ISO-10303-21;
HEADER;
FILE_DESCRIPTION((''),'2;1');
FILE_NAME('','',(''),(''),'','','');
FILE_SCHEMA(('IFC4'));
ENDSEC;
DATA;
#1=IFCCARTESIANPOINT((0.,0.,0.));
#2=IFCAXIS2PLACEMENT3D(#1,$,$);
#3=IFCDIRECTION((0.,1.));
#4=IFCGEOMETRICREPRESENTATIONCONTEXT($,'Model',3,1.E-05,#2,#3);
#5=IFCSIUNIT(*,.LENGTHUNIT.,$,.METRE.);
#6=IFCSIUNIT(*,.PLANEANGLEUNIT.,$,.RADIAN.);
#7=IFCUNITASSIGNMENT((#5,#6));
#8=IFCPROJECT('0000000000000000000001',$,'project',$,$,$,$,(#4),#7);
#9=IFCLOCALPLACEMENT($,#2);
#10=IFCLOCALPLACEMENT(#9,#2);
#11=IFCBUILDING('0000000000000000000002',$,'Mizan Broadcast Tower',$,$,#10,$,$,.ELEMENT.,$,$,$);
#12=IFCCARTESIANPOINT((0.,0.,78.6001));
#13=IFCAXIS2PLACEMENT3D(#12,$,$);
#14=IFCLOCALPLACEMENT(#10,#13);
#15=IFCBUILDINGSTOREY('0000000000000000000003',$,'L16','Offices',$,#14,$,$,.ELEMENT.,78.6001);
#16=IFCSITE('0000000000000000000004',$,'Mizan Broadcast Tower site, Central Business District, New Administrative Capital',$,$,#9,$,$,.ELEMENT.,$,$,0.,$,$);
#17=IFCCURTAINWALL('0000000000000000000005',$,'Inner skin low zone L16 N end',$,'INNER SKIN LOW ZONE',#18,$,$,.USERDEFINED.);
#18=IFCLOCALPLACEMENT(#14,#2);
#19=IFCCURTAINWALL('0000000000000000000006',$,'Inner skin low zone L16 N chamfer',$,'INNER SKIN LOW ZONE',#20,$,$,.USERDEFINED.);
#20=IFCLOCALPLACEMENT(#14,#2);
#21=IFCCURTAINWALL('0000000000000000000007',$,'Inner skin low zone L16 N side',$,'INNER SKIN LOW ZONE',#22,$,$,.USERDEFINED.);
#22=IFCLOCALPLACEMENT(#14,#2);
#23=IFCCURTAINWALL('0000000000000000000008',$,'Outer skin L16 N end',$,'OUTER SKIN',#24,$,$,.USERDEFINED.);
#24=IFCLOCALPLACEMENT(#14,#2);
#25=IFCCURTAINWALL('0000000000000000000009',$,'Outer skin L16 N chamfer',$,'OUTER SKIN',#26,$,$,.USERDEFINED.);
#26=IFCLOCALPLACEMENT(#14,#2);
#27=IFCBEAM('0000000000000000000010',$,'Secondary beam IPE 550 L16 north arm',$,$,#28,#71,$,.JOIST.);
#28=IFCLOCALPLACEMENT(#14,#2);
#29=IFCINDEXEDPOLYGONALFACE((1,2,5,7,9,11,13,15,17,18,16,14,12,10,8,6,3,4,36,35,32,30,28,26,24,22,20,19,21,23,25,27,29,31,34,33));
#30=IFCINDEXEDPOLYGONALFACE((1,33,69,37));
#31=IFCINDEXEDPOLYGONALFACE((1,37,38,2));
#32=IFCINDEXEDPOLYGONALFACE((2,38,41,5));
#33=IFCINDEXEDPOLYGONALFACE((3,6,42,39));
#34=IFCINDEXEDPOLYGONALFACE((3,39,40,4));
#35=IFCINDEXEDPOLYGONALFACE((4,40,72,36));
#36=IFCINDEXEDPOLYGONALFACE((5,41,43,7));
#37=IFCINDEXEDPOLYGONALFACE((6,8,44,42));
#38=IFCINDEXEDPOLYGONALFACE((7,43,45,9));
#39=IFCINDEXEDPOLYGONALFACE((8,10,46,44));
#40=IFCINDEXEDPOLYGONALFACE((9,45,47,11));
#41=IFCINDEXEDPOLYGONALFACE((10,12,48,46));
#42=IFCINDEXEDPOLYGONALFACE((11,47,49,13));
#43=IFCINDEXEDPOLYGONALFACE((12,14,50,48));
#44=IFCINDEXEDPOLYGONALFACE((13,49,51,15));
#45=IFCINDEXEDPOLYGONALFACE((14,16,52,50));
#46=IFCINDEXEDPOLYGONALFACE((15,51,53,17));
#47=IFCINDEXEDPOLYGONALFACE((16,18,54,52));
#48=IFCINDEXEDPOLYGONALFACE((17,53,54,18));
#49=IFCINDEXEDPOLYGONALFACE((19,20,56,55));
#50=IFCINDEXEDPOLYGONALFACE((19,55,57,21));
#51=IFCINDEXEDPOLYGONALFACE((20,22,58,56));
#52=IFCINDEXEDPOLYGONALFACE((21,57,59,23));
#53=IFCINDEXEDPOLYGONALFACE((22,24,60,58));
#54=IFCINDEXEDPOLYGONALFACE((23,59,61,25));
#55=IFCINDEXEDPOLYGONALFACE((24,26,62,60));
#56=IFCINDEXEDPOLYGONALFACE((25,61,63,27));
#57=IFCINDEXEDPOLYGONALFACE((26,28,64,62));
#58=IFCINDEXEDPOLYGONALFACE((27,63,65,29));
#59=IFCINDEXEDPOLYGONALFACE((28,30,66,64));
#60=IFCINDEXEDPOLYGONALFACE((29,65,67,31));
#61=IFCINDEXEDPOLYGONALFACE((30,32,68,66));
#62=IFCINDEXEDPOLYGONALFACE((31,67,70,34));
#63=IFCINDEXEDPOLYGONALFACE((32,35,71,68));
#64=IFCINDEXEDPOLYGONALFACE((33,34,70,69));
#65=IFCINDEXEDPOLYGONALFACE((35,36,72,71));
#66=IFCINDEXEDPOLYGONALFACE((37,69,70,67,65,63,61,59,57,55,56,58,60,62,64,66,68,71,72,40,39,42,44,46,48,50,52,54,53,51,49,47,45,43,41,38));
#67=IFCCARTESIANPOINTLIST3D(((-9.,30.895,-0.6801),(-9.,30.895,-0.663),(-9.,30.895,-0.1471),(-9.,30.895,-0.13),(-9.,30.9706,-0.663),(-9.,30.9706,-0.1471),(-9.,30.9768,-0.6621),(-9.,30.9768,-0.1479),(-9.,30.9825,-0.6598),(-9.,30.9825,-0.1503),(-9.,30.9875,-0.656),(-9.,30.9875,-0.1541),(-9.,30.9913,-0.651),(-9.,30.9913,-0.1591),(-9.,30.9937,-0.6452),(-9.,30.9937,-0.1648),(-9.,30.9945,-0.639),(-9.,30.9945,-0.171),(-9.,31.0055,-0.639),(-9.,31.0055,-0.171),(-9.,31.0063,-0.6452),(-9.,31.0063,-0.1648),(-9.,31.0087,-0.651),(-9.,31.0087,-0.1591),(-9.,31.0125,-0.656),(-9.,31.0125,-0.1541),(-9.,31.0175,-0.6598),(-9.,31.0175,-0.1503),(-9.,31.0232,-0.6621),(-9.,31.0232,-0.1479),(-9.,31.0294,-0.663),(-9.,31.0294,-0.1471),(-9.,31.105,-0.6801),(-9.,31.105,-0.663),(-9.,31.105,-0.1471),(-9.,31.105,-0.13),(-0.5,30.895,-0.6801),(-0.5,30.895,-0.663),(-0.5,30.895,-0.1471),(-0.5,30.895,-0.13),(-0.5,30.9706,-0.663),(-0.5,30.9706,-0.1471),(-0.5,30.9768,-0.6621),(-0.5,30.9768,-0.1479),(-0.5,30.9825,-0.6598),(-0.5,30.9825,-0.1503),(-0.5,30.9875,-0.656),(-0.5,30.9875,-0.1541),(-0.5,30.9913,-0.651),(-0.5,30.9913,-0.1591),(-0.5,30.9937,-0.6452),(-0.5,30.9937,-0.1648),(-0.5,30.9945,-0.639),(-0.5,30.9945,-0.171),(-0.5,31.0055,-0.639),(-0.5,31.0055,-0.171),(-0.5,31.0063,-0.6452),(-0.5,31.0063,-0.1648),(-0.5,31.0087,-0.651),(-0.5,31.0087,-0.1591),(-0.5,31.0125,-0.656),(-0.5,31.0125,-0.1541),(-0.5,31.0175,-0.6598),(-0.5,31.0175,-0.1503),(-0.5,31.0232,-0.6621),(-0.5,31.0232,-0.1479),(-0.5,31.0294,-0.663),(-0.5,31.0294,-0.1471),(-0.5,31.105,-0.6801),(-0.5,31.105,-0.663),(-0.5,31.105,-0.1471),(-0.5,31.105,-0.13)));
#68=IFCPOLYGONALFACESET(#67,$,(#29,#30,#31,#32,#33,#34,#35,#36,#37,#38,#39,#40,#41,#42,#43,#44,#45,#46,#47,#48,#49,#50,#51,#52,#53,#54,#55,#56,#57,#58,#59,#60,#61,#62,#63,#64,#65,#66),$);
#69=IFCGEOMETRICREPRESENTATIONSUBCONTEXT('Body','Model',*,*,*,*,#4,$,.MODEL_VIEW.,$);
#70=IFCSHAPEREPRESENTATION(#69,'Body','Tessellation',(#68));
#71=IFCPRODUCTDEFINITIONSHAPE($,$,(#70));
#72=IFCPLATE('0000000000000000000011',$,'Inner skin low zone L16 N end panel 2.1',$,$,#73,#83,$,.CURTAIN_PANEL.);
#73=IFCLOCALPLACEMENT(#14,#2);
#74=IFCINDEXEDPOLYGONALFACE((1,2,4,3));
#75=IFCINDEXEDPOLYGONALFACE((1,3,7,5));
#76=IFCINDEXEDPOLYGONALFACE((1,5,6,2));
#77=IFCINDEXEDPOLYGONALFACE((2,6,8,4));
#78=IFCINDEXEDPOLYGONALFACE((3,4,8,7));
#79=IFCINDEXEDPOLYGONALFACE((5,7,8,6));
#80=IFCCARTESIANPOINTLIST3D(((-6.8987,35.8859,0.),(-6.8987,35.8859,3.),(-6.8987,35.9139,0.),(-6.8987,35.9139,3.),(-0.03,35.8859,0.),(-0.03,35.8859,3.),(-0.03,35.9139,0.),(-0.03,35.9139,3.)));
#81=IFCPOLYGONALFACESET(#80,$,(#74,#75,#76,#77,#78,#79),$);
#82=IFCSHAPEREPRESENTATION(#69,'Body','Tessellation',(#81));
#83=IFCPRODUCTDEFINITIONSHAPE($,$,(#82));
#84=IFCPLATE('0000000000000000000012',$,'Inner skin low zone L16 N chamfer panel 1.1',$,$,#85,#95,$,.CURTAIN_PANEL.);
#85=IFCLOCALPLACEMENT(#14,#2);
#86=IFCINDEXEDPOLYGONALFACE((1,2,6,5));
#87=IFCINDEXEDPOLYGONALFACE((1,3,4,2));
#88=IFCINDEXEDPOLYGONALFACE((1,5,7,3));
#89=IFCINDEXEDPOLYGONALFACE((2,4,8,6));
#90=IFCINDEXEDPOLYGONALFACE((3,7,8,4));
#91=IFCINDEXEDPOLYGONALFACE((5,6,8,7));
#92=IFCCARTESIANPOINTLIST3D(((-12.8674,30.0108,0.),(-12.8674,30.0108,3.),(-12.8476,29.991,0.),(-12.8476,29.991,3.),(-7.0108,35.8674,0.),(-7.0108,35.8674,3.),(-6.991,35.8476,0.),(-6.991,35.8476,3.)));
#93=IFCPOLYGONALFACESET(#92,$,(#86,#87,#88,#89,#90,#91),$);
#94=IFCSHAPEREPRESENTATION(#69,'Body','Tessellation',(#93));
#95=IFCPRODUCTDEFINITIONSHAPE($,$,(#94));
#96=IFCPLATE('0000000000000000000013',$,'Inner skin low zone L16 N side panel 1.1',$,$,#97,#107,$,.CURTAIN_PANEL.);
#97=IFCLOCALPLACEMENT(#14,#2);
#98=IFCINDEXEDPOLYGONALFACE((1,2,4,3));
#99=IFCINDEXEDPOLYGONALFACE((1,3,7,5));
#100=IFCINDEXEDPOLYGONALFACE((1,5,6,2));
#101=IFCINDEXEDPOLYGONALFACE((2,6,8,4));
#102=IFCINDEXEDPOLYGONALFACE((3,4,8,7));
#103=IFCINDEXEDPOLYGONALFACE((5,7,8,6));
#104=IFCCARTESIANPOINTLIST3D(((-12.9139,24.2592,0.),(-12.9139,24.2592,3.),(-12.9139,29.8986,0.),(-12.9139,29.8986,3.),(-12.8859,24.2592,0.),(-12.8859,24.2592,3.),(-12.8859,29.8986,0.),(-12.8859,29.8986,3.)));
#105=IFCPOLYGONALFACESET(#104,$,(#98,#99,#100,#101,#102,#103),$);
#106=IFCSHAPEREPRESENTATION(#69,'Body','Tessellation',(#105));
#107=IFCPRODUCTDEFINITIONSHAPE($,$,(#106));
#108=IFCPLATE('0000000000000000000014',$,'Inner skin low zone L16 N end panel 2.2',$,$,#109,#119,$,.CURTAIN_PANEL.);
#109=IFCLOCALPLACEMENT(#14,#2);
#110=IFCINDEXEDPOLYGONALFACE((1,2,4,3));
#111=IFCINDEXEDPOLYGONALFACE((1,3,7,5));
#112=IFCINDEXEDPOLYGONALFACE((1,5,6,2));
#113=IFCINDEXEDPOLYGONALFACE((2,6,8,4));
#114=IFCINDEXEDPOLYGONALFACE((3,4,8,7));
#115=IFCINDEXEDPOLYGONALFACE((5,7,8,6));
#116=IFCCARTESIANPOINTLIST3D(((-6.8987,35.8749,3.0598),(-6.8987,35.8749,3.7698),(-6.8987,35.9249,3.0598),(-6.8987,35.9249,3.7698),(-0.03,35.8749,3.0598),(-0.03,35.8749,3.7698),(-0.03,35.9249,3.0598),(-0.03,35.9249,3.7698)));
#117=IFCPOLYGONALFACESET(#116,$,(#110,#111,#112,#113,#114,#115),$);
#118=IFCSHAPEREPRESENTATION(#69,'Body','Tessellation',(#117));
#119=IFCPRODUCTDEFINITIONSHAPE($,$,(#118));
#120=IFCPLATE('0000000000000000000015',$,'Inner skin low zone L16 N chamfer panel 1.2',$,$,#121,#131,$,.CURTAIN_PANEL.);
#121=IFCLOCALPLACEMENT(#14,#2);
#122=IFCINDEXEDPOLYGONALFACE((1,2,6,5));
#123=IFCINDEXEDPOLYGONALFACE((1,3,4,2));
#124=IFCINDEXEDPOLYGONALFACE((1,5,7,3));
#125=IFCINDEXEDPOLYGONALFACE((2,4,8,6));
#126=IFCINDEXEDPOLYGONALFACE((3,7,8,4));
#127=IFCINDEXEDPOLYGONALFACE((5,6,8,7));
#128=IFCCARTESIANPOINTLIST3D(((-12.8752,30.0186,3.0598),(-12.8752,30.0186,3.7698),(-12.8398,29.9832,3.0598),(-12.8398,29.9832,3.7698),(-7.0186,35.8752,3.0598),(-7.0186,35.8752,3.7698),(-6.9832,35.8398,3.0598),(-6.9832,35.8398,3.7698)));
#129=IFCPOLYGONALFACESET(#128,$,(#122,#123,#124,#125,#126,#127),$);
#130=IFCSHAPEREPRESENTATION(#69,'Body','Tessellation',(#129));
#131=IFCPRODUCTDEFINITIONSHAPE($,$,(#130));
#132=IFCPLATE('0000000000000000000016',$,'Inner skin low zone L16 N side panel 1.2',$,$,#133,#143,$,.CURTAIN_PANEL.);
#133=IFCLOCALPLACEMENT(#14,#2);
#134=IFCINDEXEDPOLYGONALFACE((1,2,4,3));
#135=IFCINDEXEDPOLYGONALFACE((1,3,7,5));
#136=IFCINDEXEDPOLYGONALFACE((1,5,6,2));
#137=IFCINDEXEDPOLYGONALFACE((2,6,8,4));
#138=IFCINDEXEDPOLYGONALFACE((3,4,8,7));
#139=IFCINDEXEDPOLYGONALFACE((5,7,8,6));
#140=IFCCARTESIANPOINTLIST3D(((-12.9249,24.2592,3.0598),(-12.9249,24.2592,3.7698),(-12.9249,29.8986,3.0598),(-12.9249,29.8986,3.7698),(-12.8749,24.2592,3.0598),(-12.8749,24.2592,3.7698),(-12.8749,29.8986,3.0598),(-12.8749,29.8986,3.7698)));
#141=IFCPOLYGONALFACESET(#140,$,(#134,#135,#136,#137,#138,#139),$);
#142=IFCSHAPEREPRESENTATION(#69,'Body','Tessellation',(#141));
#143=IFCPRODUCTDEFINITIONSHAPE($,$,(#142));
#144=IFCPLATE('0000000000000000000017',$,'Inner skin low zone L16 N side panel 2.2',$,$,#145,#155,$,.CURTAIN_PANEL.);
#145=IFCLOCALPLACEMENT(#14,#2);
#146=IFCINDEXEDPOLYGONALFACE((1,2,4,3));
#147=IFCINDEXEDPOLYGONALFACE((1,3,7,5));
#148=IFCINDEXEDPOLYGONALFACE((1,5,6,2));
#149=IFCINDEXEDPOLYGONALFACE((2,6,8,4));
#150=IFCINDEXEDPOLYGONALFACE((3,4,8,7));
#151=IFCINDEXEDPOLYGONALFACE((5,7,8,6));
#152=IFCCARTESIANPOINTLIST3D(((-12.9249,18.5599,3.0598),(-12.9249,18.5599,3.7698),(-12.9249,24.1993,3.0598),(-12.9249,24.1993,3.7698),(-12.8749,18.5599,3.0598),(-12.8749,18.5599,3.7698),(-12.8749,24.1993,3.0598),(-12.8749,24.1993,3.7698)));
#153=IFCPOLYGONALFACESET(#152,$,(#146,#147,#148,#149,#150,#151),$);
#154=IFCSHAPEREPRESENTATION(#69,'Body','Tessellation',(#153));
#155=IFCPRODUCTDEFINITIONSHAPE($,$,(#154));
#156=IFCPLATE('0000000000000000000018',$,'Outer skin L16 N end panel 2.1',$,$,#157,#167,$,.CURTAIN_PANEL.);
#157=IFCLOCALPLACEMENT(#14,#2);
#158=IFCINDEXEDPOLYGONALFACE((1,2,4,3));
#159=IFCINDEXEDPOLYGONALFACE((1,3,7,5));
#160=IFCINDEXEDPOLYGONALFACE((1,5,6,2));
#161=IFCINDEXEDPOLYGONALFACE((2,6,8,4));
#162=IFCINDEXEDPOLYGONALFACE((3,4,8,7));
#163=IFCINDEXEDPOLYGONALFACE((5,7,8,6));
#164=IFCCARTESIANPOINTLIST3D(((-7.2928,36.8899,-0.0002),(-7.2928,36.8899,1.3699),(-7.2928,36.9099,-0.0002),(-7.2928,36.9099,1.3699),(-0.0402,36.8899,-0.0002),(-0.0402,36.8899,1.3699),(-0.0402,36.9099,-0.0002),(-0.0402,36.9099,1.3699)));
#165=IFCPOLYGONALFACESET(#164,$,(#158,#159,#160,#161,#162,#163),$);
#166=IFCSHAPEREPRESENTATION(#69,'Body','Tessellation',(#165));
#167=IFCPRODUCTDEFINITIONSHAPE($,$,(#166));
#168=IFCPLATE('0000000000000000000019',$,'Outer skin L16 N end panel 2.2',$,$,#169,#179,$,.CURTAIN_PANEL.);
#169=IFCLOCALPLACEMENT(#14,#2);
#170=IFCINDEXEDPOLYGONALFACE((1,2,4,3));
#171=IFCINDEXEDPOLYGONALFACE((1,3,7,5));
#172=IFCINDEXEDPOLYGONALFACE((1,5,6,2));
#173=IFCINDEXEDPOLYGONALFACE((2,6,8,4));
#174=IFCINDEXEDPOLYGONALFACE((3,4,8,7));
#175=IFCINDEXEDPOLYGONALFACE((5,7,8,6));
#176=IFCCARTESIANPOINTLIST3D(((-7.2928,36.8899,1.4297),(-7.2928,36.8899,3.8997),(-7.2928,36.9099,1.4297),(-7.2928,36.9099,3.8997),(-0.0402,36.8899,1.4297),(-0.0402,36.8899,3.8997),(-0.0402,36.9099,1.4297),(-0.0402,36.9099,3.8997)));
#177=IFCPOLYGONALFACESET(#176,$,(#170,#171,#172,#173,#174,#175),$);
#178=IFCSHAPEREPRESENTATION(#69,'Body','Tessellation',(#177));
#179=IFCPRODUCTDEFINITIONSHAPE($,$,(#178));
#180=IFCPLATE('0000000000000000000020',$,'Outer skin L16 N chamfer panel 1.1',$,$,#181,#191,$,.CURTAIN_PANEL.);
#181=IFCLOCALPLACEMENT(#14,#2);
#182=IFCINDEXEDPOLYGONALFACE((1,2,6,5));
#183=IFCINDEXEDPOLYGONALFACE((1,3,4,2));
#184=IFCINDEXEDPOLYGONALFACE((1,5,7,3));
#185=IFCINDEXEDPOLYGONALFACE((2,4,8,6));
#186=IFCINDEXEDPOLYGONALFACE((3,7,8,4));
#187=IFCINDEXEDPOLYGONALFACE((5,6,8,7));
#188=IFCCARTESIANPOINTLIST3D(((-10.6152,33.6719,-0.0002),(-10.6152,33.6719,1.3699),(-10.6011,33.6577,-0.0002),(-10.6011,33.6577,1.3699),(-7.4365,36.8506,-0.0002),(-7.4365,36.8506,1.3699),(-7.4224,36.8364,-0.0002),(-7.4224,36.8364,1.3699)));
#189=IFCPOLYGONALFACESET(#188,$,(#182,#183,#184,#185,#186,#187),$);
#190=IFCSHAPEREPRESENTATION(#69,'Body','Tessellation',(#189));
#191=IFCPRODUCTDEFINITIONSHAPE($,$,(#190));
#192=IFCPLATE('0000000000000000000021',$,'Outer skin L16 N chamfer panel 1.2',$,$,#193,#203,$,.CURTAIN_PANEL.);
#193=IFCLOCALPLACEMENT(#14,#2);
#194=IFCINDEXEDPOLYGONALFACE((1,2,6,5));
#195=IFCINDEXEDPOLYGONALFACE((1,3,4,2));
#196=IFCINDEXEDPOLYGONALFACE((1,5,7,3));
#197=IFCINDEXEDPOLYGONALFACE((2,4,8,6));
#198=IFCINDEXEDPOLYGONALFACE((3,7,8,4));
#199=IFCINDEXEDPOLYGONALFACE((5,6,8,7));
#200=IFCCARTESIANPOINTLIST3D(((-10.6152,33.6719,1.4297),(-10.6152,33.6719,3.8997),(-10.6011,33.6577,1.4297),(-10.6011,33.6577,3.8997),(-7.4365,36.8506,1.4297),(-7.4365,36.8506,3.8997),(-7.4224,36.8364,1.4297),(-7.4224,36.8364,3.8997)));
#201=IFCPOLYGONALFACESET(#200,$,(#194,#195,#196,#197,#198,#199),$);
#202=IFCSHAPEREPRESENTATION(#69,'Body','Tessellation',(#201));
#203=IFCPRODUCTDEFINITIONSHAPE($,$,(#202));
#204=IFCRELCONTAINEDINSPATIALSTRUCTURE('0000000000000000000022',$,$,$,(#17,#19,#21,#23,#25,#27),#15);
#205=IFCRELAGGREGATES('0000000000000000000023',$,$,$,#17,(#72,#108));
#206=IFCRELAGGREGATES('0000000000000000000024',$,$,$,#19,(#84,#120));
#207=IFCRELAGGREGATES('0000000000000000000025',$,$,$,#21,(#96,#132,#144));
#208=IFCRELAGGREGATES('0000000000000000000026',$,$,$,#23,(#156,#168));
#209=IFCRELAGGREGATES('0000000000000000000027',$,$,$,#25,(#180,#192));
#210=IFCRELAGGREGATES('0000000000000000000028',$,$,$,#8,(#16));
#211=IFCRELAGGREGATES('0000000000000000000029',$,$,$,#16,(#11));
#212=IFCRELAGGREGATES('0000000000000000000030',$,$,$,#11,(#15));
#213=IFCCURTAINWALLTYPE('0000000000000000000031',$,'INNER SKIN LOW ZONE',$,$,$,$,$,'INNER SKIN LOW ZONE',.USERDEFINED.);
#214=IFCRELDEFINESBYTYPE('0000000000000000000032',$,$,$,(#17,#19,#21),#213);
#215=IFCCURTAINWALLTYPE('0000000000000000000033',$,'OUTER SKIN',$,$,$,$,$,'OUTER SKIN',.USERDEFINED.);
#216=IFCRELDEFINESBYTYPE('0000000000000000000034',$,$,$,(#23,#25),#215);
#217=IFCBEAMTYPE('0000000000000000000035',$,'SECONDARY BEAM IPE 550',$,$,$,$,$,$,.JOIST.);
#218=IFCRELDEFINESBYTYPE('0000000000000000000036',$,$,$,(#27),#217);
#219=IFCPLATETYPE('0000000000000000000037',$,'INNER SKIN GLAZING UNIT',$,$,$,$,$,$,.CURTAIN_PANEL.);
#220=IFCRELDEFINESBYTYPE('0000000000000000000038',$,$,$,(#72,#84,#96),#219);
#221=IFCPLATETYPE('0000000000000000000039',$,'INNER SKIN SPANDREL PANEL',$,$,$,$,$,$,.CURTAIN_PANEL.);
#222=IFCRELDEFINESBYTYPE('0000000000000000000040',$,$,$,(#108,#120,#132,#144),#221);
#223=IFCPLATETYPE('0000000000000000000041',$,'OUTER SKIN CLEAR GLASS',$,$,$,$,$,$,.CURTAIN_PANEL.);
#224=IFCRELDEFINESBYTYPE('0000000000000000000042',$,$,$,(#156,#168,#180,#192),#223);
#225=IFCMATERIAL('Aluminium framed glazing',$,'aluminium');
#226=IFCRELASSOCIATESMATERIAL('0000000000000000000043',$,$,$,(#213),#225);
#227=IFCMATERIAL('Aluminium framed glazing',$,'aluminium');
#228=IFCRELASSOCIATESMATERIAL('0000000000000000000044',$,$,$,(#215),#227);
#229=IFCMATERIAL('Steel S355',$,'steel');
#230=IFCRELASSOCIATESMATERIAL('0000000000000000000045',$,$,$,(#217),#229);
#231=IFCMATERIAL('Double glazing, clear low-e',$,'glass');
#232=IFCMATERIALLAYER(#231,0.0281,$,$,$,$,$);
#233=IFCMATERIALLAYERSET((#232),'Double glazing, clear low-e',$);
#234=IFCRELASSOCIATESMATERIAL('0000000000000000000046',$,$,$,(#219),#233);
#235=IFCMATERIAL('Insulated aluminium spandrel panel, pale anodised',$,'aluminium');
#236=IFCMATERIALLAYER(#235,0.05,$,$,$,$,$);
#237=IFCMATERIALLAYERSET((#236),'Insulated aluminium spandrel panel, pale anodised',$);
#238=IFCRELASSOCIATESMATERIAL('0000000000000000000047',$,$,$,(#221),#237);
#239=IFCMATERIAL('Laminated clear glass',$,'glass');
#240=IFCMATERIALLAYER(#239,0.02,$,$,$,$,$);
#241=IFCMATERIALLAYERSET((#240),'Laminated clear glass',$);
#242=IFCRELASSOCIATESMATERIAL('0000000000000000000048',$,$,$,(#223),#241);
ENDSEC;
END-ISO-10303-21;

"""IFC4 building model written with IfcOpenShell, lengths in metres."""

from ifc_helpers import new_model, si_unit, direction, frame, origin, origin_2d, place, context, subcontext, project, spatial, rectangle, i_section, extrude, material, layer, layer_set, material_profile, profile_set, type_object, element, aggregate, save


model = new_model("IFC4")

# Units and contexts
model_context = context("Model", 3, precision=1e-05, world=origin(), true_north=direction((0.0, 1.0)))
body_context = subcontext(model_context, "Body", "Model", "MODEL_VIEW")
ifc_project = project(units=[si_unit("LENGTHUNIT", "METRE"), si_unit("PLANEANGLEUNIT", "RADIAN")], contexts=[model_context])

# Site, building, storey
site_placement = place(None, origin())
site = spatial("IfcSite", under=ifc_project, at=site_placement, Name="Mizan Broadcast Tower site, Central Business District, New Administrative Capital", CompositionType="ELEMENT", RefElevation=0.0)
building_placement = place(site_placement, origin())
building = spatial("IfcBuilding", under=site, at=building_placement, Name="Mizan Broadcast Tower", CompositionType="ELEMENT")
storey_placement = place(building_placement, frame((0.0, 0.0, 78.6001)))
storey = spatial("IfcBuildingStorey", under=building, at=storey_placement, Name="L16", Description="Offices", CompositionType="ELEMENT", Elevation=78.6001)

# Curtain walls
ifc_material_1 = material(Name="Aluminium framed glazing", Category="aluminium")
curtain_wall_type_1 = type_object("IfcCurtainWallType", Name="INNER SKIN LOW ZONE", ElementType="INNER SKIN LOW ZONE", PredefinedType="USERDEFINED", material=ifc_material_1)
curtain_wall_1_placement = place(storey_placement, origin())
curtain_wall_1 = element("IfcCurtainWall", 1, at=curtain_wall_1_placement, inside=storey, type_object=curtain_wall_type_1, Name="Inner skin low zone L16 N end", ObjectType="INNER SKIN LOW ZONE", PredefinedType="USERDEFINED")
curtain_wall_2_placement = place(storey_placement, origin())
curtain_wall_2 = element("IfcCurtainWall", 2, at=curtain_wall_2_placement, inside=storey, type_object=curtain_wall_type_1, Name="Inner skin low zone L16 N chamfer", ObjectType="INNER SKIN LOW ZONE", PredefinedType="USERDEFINED")
curtain_wall_3_placement = place(storey_placement, origin())
curtain_wall_3 = element("IfcCurtainWall", 3, at=curtain_wall_3_placement, inside=storey, type_object=curtain_wall_type_1, Name="Inner skin low zone L16 N side", ObjectType="INNER SKIN LOW ZONE", PredefinedType="USERDEFINED")

# Curtain walls
ifc_material_2 = material(Name="Aluminium framed glazing", Category="aluminium")
curtain_wall_type_2 = type_object("IfcCurtainWallType", Name="OUTER SKIN", ElementType="OUTER SKIN", PredefinedType="USERDEFINED", material=ifc_material_2)
curtain_wall_4_placement = place(storey_placement, origin())
curtain_wall_4 = element("IfcCurtainWall", 4, at=curtain_wall_4_placement, inside=storey, type_object=curtain_wall_type_2, Name="Outer skin L16 N end", ObjectType="OUTER SKIN", PredefinedType="USERDEFINED")
curtain_wall_5_placement = place(storey_placement, origin())
curtain_wall_5 = element("IfcCurtainWall", 5, at=curtain_wall_5_placement, inside=storey, type_object=curtain_wall_type_2, Name="Outer skin L16 N chamfer", ObjectType="OUTER SKIN", PredefinedType="USERDEFINED")

# Beam
ifc_material_3 = material(Name="Steel S355", Category="steel")
ifc_material_profile_1 = material_profile(ifc_material_3, i_section(OverallWidth=0.21, OverallDepth=0.55, WebThickness=0.011, FlangeThickness=0.0171, FilletRadius=0.0239, at=origin_2d()), Name="IPE 550")
ifc_profile_set_1 = profile_set([ifc_material_profile_1], Name="Steel S355")
beam_type_1 = type_object("IfcBeamType", Name="SECONDARY BEAM IPE 550", PredefinedType="JOIST", material=ifc_profile_set_1)
beam_1_placement = place(storey_placement, frame((-9.0, 31.0, -0.405), z_axis=(1.0, 0.0, 0.0), x_axis=(0.0, 1.0, 0.0)))
element("IfcBeam", 6, at=beam_1_placement, inside=storey, type_object=beam_type_1, Name="Secondary beam IPE 550 L16 north arm", PredefinedType="JOIST", context=body_context, shape_type="SweptSolid", body=[
    extrude(i_section(OverallWidth=0.21, OverallDepth=0.55, WebThickness=0.011, FlangeThickness=0.0171, FilletRadius=0.0239, at=origin_2d()), origin(), (0.0, 0.0, 1.0), 8.5),
])

# Plates
ifc_material_4 = material(Name="Double glazing, clear low-e", Category="glass")
ifc_layer_1 = layer(ifc_material_4, 0.0281)
ifc_layer_set_1 = layer_set([ifc_layer_1], Name="Double glazing, clear low-e")
plate_type_1 = type_object("IfcPlateType", Name="INNER SKIN GLAZING UNIT", PredefinedType="CURTAIN_PANEL", material=ifc_layer_set_1)
plate_1_placement = place(storey_placement, frame((-3.4644, 35.8999, 0.0), z_axis=(0.0, 0.0, 1.0), x_axis=(-1.0, 0.0, 0.0)))
plate_1 = element("IfcPlate", 7, at=plate_1_placement, type_object=plate_type_1, Name="Inner skin low zone L16 N end panel 2.1", PredefinedType="CURTAIN_PANEL", context=body_context, shape_type="SweptSolid", body=[
    extrude(rectangle(XDim=6.8687, YDim=0.0281, at=origin_2d()), origin(), (0.0, 0.0, 1.0), 3.0),
])
plate_2_placement = place(storey_placement, frame((-9.9292, 32.9292, 0.0), z_axis=(0.0, 0.0, 1.0), x_axis=(-0.707107, -0.707107, 0.0)))
plate_2 = element("IfcPlate", 8, at=plate_2_placement, type_object=plate_type_1, Name="Inner skin low zone L16 N chamfer panel 1.1", PredefinedType="CURTAIN_PANEL", context=body_context, shape_type="SweptSolid", body=[
    extrude(rectangle(XDim=8.2825, YDim=0.0281, at=origin_2d()), origin(), (0.0, 0.0, 1.0), 3.0),
])
plate_3_placement = place(storey_placement, frame((-12.8999, 27.0789, 0.0), z_axis=(0.0, 0.0, 1.0), x_axis=(0.0, -1.0, 0.0)))
plate_3 = element("IfcPlate", 9, at=plate_3_placement, type_object=plate_type_1, Name="Inner skin low zone L16 N side panel 1.1", PredefinedType="CURTAIN_PANEL", context=body_context, shape_type="SweptSolid", body=[
    extrude(rectangle(XDim=5.6394, YDim=0.0281, at=origin_2d()), origin(), (0.0, 0.0, 1.0), 3.0),
])
ifc_material_5 = material(Name="Insulated aluminium spandrel panel, pale anodised", Category="aluminium")
ifc_layer_2 = layer(ifc_material_5, 0.05)
ifc_layer_set_2 = layer_set([ifc_layer_2], Name="Insulated aluminium spandrel panel, pale anodised")
plate_type_2 = type_object("IfcPlateType", Name="INNER SKIN SPANDREL PANEL", PredefinedType="CURTAIN_PANEL", material=ifc_layer_set_2)
plate_4_placement = place(storey_placement, frame((-3.4644, 35.8999, 3.0598), z_axis=(0.0, 0.0, 1.0), x_axis=(-1.0, 0.0, 0.0)))
plate_4 = element("IfcPlate", 10, at=plate_4_placement, type_object=plate_type_2, Name="Inner skin low zone L16 N end panel 2.2", PredefinedType="CURTAIN_PANEL", context=body_context, shape_type="SweptSolid", body=[
    extrude(rectangle(XDim=6.8687, YDim=0.05, at=origin_2d()), origin(), (0.0, 0.0, 1.0), 0.71),
])
aggregate(curtain_wall_1, [plate_1, plate_4])
plate_5_placement = place(storey_placement, frame((-9.9292, 32.9292, 3.0598), z_axis=(0.0, 0.0, 1.0), x_axis=(-0.707107, -0.707107, 0.0)))
plate_5 = element("IfcPlate", 11, at=plate_5_placement, type_object=plate_type_2, Name="Inner skin low zone L16 N chamfer panel 1.2", PredefinedType="CURTAIN_PANEL", context=body_context, shape_type="SweptSolid", body=[
    extrude(rectangle(XDim=8.2825, YDim=0.05, at=origin_2d()), origin(), (0.0, 0.0, 1.0), 0.71),
])
aggregate(curtain_wall_2, [plate_2, plate_5])
plate_6_placement = place(storey_placement, frame((-12.8999, 27.0789, 3.0598), z_axis=(0.0, 0.0, 1.0), x_axis=(0.0, -1.0, 0.0)))
plate_6 = element("IfcPlate", 12, at=plate_6_placement, type_object=plate_type_2, Name="Inner skin low zone L16 N side panel 1.2", PredefinedType="CURTAIN_PANEL", context=body_context, shape_type="SweptSolid", body=[
    extrude(rectangle(XDim=5.6394, YDim=0.05, at=origin_2d()), origin(), (0.0, 0.0, 1.0), 0.71),
])
plate_7_placement = place(storey_placement, frame((-12.8999, 21.3796, 3.0598), z_axis=(0.0, 0.0, 1.0), x_axis=(0.0, -1.0, 0.0)))
plate_7 = element("IfcPlate", 13, at=plate_7_placement, type_object=plate_type_2, Name="Inner skin low zone L16 N side panel 2.2", PredefinedType="CURTAIN_PANEL", context=body_context, shape_type="SweptSolid", body=[
    extrude(rectangle(XDim=5.6394, YDim=0.05, at=origin_2d()), origin(), (0.0, 0.0, 1.0), 0.71),
])
aggregate(curtain_wall_3, [plate_3, plate_6, plate_7])
ifc_material_6 = material(Name="Laminated clear glass", Category="glass")
ifc_layer_3 = layer(ifc_material_6, 0.02)
ifc_layer_set_3 = layer_set([ifc_layer_3], Name="Laminated clear glass")
plate_type_3 = type_object("IfcPlateType", Name="OUTER SKIN CLEAR GLASS", PredefinedType="CURTAIN_PANEL", material=ifc_layer_set_3)
plate_8_placement = place(storey_placement, frame((-3.6665, 36.8999, -0.0002), z_axis=(0.0, 0.0, 1.0), x_axis=(-1.0, 0.0, 0.0)))
plate_8 = element("IfcPlate", 14, at=plate_8_placement, type_object=plate_type_3, Name="Outer skin L16 N end panel 2.1", PredefinedType="CURTAIN_PANEL", context=body_context, shape_type="SweptSolid", body=[
    extrude(rectangle(XDim=7.2527, YDim=0.02, at=origin_2d()), origin(), (0.0, 0.0, 1.0), 1.3701),
])
plate_9_placement = place(storey_placement, frame((-3.6665, 36.8999, 1.4297), z_axis=(0.0, 0.0, 1.0), x_axis=(-1.0, 0.0, 0.0)))
plate_9 = element("IfcPlate", 15, at=plate_9_placement, type_object=plate_type_3, Name="Outer skin L16 N end panel 2.2", PredefinedType="CURTAIN_PANEL", context=body_context, shape_type="SweptSolid", body=[
    extrude(rectangle(XDim=7.2527, YDim=0.02, at=origin_2d()), origin(), (0.0, 0.0, 1.0), 2.47),
])
aggregate(curtain_wall_4, [plate_8, plate_9])
plate_10_placement = place(storey_placement, frame((-9.0188, 35.2542, -0.0002), z_axis=(0.0, 0.0, 1.0), x_axis=(-0.707107, -0.707107, 0.0)))
plate_10 = element("IfcPlate", 16, at=plate_10_placement, type_object=plate_type_3, Name="Outer skin L16 N chamfer panel 1.1", PredefinedType="CURTAIN_PANEL", context=body_context, shape_type="SweptSolid", body=[
    extrude(rectangle(XDim=4.4954, YDim=0.02, at=origin_2d()), origin(), (0.0, 0.0, 1.0), 1.3701),
])
plate_11_placement = place(storey_placement, frame((-9.0188, 35.2542, 1.4297), z_axis=(0.0, 0.0, 1.0), x_axis=(-0.707107, -0.707107, 0.0)))
plate_11 = element("IfcPlate", 17, at=plate_11_placement, type_object=plate_type_3, Name="Outer skin L16 N chamfer panel 1.2", PredefinedType="CURTAIN_PANEL", context=body_context, shape_type="SweptSolid", body=[
    extrude(rectangle(XDim=4.4954, YDim=0.02, at=origin_2d()), origin(), (0.0, 0.0, 1.0), 2.47),
])
aggregate(curtain_wall_5, [plate_10, plate_11])

save(model, "model.ifc")
